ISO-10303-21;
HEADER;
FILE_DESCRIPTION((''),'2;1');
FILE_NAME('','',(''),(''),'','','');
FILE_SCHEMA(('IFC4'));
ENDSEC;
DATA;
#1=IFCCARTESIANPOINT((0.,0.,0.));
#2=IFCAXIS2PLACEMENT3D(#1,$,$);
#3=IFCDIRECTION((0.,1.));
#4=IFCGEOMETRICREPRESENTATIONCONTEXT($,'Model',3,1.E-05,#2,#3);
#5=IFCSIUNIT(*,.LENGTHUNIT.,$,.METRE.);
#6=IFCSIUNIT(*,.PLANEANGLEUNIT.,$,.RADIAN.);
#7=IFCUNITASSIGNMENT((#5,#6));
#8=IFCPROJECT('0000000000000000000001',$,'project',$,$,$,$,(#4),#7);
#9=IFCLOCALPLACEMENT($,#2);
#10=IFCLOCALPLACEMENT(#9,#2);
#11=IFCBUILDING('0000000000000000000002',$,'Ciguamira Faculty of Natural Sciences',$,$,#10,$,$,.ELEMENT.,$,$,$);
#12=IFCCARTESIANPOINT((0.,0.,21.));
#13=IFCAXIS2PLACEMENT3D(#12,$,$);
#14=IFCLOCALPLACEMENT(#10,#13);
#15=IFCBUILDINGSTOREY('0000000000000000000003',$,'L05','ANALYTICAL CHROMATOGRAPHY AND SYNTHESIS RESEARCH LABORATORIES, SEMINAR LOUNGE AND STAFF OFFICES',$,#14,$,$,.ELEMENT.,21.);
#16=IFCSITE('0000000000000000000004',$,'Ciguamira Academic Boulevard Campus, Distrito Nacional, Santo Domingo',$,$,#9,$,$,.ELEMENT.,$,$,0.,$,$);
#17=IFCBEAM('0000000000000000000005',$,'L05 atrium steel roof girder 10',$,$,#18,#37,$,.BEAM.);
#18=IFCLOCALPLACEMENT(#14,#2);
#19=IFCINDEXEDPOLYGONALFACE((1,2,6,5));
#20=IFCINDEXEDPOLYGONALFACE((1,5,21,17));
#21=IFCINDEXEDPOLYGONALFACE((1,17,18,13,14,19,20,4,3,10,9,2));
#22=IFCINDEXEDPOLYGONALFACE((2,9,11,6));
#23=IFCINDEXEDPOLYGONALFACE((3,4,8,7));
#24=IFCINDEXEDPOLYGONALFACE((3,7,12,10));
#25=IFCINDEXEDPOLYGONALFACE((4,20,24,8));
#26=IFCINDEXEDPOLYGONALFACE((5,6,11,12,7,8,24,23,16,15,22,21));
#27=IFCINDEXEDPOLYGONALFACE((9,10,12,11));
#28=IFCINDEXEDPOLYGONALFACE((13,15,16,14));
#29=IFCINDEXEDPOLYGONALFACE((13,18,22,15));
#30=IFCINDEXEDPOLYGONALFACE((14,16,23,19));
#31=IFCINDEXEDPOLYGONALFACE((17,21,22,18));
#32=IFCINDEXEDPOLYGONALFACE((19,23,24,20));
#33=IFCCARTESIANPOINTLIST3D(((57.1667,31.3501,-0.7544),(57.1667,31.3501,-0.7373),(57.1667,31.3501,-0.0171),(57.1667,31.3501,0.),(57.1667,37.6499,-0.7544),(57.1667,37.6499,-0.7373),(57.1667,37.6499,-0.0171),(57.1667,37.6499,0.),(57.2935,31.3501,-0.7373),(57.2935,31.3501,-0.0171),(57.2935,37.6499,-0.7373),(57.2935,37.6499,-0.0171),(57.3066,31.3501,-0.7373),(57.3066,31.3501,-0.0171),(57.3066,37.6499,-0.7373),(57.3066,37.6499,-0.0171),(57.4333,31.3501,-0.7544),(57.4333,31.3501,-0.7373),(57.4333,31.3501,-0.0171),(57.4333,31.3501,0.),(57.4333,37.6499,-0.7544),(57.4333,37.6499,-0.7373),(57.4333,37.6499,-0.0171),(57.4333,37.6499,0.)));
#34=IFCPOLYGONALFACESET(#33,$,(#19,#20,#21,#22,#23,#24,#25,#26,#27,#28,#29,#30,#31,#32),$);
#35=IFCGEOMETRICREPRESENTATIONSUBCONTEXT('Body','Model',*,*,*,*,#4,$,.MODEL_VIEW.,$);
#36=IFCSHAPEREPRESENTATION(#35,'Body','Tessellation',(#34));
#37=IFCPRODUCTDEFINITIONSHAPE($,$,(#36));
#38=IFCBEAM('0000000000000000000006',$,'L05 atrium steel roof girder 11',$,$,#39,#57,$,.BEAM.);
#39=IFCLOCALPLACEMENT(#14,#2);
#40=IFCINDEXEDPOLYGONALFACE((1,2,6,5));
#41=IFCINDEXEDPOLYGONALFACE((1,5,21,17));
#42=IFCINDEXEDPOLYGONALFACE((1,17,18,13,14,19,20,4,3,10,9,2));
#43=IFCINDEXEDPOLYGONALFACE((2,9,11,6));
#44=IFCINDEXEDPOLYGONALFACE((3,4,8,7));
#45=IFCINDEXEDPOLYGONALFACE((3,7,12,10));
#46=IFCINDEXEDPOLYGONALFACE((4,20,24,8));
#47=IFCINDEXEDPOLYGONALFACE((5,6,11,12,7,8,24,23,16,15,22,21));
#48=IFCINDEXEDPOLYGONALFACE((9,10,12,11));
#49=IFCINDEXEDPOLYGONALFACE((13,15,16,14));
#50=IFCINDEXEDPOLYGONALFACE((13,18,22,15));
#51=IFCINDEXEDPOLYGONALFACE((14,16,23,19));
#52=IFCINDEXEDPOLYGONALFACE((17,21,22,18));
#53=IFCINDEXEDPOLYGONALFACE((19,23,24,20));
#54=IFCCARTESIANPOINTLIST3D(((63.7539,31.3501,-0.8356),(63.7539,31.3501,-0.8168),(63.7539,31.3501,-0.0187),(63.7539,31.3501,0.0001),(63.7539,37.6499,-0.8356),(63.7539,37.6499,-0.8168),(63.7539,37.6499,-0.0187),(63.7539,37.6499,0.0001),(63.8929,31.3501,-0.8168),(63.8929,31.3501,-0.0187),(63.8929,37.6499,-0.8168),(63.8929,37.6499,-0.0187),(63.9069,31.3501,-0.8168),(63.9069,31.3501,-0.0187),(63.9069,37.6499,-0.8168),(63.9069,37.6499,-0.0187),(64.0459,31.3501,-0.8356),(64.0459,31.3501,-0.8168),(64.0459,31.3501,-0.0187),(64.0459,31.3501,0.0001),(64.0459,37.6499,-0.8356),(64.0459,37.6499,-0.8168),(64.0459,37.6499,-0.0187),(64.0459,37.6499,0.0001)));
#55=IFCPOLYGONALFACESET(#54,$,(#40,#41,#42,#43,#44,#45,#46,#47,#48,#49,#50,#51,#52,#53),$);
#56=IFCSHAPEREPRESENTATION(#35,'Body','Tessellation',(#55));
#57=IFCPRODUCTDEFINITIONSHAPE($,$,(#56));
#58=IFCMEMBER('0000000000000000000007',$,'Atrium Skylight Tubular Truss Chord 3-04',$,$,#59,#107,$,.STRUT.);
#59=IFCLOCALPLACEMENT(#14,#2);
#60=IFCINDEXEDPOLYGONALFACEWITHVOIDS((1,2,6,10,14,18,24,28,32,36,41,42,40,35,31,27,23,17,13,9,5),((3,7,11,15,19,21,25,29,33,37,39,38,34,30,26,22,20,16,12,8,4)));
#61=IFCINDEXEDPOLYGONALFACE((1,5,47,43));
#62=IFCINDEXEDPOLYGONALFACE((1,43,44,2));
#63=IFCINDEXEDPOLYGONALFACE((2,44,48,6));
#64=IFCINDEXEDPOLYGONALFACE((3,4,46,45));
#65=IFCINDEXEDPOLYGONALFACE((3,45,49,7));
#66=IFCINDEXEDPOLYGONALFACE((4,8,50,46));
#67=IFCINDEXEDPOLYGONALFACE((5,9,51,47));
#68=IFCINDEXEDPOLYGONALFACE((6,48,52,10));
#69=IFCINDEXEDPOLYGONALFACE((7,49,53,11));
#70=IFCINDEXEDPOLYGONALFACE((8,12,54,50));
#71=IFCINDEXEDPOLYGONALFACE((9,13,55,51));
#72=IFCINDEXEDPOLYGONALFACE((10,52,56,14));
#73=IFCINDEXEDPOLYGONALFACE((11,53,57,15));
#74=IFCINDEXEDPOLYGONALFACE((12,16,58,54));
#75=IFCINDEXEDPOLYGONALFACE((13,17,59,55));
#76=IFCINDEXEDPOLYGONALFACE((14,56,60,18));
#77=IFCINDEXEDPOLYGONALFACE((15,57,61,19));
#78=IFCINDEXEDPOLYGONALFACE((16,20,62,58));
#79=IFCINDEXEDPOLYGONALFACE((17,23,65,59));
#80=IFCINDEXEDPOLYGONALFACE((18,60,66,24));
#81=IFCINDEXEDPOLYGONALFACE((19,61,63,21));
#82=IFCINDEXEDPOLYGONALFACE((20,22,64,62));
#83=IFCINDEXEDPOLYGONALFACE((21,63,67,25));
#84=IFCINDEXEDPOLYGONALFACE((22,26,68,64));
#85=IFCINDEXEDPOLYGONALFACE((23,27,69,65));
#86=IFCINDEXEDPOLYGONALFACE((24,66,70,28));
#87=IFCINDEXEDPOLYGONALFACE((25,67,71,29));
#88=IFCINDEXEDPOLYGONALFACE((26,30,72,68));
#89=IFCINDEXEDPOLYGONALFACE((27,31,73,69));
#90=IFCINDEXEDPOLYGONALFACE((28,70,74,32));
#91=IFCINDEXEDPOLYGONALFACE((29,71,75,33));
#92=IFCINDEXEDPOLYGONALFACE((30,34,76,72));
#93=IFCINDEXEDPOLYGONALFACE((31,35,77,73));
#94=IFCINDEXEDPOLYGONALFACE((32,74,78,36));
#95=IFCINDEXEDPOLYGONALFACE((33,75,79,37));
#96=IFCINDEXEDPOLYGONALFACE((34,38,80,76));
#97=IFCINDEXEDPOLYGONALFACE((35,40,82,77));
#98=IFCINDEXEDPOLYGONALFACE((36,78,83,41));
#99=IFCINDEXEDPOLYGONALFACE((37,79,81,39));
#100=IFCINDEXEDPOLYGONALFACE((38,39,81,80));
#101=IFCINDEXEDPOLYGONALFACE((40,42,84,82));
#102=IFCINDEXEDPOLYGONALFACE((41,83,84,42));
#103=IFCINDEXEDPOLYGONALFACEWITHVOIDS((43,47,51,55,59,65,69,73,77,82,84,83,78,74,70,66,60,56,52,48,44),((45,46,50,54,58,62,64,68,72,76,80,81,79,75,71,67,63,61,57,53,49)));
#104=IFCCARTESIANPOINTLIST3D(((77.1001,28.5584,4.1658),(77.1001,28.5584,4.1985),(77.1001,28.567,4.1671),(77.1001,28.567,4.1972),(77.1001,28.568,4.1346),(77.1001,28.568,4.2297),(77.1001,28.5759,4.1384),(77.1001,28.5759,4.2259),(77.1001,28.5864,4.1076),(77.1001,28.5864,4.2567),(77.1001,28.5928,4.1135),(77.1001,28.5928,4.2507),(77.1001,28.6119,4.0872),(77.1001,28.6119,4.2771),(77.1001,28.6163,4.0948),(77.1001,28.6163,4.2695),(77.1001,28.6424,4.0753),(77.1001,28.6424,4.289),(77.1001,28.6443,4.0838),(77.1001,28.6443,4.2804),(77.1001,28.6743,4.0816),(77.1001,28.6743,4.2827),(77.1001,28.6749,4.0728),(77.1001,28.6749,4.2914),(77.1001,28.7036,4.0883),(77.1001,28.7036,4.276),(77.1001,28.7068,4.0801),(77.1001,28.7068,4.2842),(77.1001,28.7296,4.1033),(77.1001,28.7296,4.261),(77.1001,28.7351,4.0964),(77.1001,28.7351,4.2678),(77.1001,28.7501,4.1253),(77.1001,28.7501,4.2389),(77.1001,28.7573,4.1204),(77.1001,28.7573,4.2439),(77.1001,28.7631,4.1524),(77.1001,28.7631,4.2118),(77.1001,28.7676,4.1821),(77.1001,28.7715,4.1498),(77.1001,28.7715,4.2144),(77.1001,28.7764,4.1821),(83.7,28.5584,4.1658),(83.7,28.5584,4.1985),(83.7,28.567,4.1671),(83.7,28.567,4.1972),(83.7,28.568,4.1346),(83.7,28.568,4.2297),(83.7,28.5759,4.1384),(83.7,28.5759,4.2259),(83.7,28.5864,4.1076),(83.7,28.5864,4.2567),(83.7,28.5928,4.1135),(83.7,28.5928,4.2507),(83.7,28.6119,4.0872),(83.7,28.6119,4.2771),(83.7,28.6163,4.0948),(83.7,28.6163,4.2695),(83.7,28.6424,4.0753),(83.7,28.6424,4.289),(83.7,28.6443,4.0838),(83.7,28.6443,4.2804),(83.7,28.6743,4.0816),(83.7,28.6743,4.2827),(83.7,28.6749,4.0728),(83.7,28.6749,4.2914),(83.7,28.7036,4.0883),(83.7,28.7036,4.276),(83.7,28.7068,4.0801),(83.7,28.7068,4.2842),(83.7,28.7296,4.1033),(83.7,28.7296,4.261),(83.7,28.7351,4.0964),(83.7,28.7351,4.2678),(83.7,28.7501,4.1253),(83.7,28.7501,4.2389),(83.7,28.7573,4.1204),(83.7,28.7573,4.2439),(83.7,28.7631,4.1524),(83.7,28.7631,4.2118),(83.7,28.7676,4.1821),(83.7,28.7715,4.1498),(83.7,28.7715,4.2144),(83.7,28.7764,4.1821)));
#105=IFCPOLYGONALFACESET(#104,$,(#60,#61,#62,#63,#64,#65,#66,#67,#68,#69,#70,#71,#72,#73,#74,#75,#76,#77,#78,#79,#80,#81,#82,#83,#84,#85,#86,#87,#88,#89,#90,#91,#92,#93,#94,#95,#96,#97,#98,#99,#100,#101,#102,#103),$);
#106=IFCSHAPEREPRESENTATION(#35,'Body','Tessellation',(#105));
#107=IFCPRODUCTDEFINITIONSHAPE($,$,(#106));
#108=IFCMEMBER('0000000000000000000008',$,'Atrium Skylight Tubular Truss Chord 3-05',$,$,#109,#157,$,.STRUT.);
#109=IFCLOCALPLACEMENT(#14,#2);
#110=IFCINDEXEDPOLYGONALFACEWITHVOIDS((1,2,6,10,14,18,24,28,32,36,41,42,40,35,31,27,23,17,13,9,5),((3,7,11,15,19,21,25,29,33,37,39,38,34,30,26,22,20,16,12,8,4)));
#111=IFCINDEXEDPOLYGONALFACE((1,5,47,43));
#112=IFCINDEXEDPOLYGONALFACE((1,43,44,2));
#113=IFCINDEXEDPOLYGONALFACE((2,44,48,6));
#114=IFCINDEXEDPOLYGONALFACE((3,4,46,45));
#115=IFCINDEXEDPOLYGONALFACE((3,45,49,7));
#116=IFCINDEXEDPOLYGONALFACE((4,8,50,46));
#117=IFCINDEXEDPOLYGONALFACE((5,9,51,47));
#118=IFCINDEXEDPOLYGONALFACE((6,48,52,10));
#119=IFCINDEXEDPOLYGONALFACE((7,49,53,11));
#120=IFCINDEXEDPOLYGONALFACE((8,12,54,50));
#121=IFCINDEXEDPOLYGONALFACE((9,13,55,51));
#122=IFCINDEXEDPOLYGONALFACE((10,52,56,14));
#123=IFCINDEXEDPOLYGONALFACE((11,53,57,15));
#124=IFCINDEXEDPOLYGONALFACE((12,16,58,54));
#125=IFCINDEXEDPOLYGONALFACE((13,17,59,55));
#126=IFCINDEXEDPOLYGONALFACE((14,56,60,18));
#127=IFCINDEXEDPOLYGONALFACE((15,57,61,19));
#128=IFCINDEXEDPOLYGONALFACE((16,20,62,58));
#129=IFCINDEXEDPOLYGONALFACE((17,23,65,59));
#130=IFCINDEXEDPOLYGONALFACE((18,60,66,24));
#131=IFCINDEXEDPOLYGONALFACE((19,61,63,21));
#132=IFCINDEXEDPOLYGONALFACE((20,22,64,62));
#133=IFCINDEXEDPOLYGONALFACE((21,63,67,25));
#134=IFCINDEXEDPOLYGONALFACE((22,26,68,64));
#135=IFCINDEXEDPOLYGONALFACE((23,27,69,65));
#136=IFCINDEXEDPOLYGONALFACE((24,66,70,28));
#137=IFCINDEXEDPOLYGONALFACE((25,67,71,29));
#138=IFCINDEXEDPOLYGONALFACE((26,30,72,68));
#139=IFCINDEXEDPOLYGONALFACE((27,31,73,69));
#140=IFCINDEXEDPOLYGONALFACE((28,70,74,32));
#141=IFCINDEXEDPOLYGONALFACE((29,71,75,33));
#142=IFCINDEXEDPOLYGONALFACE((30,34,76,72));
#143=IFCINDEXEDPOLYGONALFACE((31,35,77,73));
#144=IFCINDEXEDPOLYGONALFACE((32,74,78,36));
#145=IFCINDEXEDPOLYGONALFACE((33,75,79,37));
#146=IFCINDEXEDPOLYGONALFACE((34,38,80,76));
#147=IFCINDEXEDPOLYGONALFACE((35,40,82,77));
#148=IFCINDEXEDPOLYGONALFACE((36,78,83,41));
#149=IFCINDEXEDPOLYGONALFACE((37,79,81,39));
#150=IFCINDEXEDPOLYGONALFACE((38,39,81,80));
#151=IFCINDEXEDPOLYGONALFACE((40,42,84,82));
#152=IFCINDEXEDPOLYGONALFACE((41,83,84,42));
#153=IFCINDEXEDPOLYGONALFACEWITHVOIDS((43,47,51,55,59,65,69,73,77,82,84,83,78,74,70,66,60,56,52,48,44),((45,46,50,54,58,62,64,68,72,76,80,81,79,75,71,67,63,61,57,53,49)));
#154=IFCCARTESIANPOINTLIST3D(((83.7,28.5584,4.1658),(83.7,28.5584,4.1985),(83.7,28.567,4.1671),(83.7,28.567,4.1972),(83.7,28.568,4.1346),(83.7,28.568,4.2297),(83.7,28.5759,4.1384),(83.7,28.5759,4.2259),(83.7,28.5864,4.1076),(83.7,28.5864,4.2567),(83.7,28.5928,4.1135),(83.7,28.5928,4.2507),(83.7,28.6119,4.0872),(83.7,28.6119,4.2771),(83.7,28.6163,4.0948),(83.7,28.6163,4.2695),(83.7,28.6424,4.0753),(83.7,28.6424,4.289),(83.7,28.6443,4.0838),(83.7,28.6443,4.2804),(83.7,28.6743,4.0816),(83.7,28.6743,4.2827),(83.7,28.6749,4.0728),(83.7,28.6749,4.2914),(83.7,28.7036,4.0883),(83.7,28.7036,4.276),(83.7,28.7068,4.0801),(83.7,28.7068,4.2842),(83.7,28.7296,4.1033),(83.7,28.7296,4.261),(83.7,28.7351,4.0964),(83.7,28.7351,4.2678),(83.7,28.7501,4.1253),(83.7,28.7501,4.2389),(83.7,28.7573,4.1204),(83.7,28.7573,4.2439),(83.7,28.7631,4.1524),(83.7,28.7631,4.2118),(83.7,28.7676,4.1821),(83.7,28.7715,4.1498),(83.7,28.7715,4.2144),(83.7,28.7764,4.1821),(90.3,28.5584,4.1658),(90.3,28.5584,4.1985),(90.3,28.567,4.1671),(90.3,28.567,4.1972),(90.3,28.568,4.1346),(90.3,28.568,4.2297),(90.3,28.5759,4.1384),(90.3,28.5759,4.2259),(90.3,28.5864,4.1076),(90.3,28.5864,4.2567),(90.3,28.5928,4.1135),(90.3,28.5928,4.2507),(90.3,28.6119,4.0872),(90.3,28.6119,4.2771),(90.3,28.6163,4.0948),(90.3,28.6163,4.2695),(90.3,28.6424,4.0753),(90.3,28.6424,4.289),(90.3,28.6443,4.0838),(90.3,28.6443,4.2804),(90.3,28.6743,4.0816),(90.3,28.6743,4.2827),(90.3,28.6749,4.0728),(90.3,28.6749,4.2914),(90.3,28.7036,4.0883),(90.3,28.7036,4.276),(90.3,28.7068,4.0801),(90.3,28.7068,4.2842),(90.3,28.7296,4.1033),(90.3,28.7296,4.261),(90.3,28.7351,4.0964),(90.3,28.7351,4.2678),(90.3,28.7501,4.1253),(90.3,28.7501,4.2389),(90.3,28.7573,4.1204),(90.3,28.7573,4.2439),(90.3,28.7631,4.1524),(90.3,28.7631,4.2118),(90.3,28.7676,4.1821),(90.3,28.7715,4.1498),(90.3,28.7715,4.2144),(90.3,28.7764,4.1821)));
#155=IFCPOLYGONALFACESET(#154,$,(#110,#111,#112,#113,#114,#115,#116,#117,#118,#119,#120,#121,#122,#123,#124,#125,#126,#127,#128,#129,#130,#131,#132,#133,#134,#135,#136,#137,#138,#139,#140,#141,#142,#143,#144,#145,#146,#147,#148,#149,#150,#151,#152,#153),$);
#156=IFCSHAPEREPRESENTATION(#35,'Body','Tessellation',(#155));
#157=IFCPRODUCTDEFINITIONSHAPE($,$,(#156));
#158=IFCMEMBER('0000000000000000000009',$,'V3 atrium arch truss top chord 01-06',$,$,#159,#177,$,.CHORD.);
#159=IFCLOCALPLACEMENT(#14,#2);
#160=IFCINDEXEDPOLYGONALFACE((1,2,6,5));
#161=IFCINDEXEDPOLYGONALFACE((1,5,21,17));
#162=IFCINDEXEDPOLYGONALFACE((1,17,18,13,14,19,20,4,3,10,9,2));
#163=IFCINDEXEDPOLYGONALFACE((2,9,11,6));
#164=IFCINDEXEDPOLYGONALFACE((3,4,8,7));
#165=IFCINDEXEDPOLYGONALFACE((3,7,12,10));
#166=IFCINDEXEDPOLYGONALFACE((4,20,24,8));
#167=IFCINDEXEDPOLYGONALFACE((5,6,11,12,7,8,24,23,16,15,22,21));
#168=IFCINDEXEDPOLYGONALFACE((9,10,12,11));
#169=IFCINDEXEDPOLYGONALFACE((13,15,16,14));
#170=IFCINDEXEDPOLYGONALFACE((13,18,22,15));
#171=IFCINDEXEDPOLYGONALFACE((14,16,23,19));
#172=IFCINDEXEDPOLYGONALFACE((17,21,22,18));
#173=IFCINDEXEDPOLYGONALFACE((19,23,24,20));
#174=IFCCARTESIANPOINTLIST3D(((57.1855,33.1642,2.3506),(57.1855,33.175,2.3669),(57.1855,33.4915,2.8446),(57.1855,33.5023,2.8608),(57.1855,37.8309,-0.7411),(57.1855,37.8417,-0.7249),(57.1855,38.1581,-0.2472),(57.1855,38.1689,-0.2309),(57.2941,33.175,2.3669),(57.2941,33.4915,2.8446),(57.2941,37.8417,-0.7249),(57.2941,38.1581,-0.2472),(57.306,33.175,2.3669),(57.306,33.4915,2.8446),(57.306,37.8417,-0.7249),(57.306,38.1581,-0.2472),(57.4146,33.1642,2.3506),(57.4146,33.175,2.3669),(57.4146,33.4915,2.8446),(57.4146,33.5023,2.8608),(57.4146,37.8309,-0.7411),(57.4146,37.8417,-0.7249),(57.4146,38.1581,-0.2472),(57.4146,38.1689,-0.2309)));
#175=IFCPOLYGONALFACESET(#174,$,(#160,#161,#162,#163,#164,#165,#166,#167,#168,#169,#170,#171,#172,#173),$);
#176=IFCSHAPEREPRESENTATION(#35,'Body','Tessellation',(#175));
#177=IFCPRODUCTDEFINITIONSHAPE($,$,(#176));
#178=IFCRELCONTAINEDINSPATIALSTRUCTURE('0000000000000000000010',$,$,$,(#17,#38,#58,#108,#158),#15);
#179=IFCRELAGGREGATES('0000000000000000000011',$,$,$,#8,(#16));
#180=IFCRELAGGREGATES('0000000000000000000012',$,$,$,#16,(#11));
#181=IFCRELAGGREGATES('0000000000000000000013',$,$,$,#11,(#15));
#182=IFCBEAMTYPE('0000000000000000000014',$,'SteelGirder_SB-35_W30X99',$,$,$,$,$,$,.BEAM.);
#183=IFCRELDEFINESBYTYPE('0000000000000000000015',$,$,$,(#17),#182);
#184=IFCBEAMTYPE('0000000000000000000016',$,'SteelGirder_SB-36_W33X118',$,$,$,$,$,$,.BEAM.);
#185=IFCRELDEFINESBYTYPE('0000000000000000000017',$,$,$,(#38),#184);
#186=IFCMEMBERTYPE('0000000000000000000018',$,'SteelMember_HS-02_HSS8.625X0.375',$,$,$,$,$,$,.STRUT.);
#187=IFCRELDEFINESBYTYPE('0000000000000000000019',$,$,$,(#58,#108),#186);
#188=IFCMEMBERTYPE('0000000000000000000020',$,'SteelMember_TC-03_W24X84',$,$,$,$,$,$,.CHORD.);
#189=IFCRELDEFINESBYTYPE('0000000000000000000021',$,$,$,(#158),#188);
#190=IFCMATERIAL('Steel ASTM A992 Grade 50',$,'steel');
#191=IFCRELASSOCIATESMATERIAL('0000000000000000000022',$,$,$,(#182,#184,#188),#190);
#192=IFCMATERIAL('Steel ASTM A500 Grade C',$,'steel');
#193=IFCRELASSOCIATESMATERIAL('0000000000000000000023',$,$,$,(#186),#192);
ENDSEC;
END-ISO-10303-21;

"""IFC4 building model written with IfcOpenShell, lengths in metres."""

from ifc_helpers import new_model, si_unit, direction, frame, origin, origin_2d, place, context, subcontext, project, spatial, hollow_circle, i_section, extrude, material, material_profile, profile_set, type_object, element, save


model = new_model("IFC4")

# Units and contexts
model_context = context("Model", 3, precision=1e-05, world=origin(), true_north=direction((0.0, 1.0)))
body_context = subcontext(model_context, "Body", "Model", "MODEL_VIEW")
ifc_project = project(units=[si_unit("LENGTHUNIT", "METRE"), si_unit("PLANEANGLEUNIT", "RADIAN")], contexts=[model_context])

# Site, building, storey
site_placement = place(None, origin())
site = spatial("IfcSite", under=ifc_project, at=site_placement, Name="Ciguamira Academic Boulevard Campus, Distrito Nacional, Santo Domingo", CompositionType="ELEMENT", RefElevation=0.0)
building_placement = place(site_placement, origin())
building = spatial("IfcBuilding", under=site, at=building_placement, Name="Ciguamira Faculty of Natural Sciences", CompositionType="ELEMENT")
storey_placement = place(building_placement, frame((0.0, 0.0, 21.0)))
storey = spatial("IfcBuildingStorey", under=building, at=storey_placement, Name="L05", Description="ANALYTICAL CHROMATOGRAPHY AND SYNTHESIS RESEARCH LABORATORIES, SEMINAR LOUNGE AND STAFF OFFICES", CompositionType="ELEMENT", Elevation=21.0)

# Beams
ifc_material_1 = material(Name="Steel ASTM A992 Grade 50", Category="steel")
ifc_material_profile_1 = material_profile(ifc_material_1, i_section(OverallWidth=0.2666, OverallDepth=0.7544, WebThickness=0.0132, FlangeThickness=0.0171, at=origin_2d()), Name="W30X99")
ifc_profile_set_1 = profile_set([ifc_material_profile_1], Name="Steel ASTM A992 Grade 50")
beam_type_1 = type_object("IfcBeamType", Name="SteelGirder_SB-35_W30X99", PredefinedType="BEAM", material=ifc_profile_set_1)
beam_1_placement = place(storey_placement, frame((57.3, 31.3501, -0.3772), z_axis=(0.0, 1.0, 0.0), x_axis=(-1.0, 0.0, 0.0)))
element("IfcBeam", 1, at=beam_1_placement, inside=storey, type_object=beam_type_1, Name="L05 atrium steel roof girder 10", PredefinedType="BEAM", context=body_context, shape_type="SweptSolid", body=[
    extrude(i_section(OverallWidth=0.2666, OverallDepth=0.7544, WebThickness=0.0132, FlangeThickness=0.0171, at=origin_2d()), origin(), (0.0, 0.0, 1.0), 6.2998),
])
ifc_material_profile_2 = material_profile(ifc_material_1, i_section(OverallWidth=0.292, OverallDepth=0.8357, WebThickness=0.0139, FlangeThickness=0.0188, at=origin_2d()), Name="W33X118")
ifc_profile_set_2 = profile_set([ifc_material_profile_2], Name="Steel ASTM A992 Grade 50")
beam_type_2 = type_object("IfcBeamType", Name="SteelGirder_SB-36_W33X118", PredefinedType="BEAM", material=ifc_profile_set_2)
beam_2_placement = place(storey_placement, frame((63.8999, 31.3501, -0.4177), z_axis=(0.0, 1.0, 0.0), x_axis=(-1.0, 0.0, 0.0)))
element("IfcBeam", 2, at=beam_2_placement, inside=storey, type_object=beam_type_2, Name="L05 atrium steel roof girder 11", PredefinedType="BEAM", context=body_context, shape_type="SweptSolid", body=[
    extrude(i_section(OverallWidth=0.292, OverallDepth=0.8357, WebThickness=0.0139, FlangeThickness=0.0188, at=origin_2d()), origin(), (0.0, 0.0, 1.0), 6.2998),
])

# Members
ifc_material_2 = material(Name="Steel ASTM A500 Grade C", Category="steel")
ifc_material_profile_3 = material_profile(ifc_material_2, hollow_circle(Radius=0.1096, WallThickness=0.0088, at=origin_2d()), Name="HSS8.625X0.375")
ifc_profile_set_3 = profile_set([ifc_material_profile_3], Name="Steel ASTM A500 Grade C")
member_type_1 = type_object("IfcMemberType", Name="SteelMember_HS-02_HSS8.625X0.375", PredefinedType="STRUT", material=ifc_profile_set_3)
member_1_placement = place(storey_placement, frame((77.1001, 28.6667, 4.1821), z_axis=(1.0, 0.0, 0.0), x_axis=(0.0, 1.0, 0.0)))
element("IfcMember", 3, at=member_1_placement, inside=storey, type_object=member_type_1, Name="Atrium Skylight Tubular Truss Chord 3-04", PredefinedType="STRUT", context=body_context, shape_type="SweptSolid", body=[
    extrude(hollow_circle(Radius=0.1096, WallThickness=0.0088, at=origin_2d()), origin(), (0.0, 0.0, 1.0), 6.5999),
])
member_2_placement = place(storey_placement, frame((83.7, 28.6667, 4.1821), z_axis=(1.0, 0.0, 0.0), x_axis=(0.0, 1.0, 0.0)))
element("IfcMember", 4, at=member_2_placement, inside=storey, type_object=member_type_1, Name="Atrium Skylight Tubular Truss Chord 3-05", PredefinedType="STRUT", context=body_context, shape_type="SweptSolid", body=[
    extrude(hollow_circle(Radius=0.1096, WallThickness=0.0088, at=origin_2d()), origin(), (0.0, 0.0, 1.0), 6.6001),
])
ifc_material_profile_4 = material_profile(ifc_material_1, i_section(OverallWidth=0.229, OverallDepth=0.6121, WebThickness=0.012, FlangeThickness=0.0195, at=origin_2d()), Name="W24X84")
ifc_profile_set_4 = profile_set([ifc_material_profile_4], Name="Steel ASTM A992 Grade 50")
member_type_2 = type_object("IfcMemberType", Name="SteelMember_TC-03_W24X84", PredefinedType="CHORD", material=ifc_profile_set_4)
for number, where, z_axis, x_axis, name in (
    (5, (57.3, 33.3333, 2.6057), (0.0, 0.833644, -0.552303), (-1.0, 0.0, 0.0), "V3 atrium arch truss top chord 01-06"),
):
    element("IfcMember", number, at=place(storey_placement, frame(where, z_axis=z_axis, x_axis=x_axis)), inside=storey, type_object=member_type_2, Name=name, PredefinedType="CHORD", context=body_context, shape_type="SweptSolid", body=[
        extrude(i_section(OverallWidth=0.229, OverallDepth=0.6121, WebThickness=0.012, FlangeThickness=0.0195, at=origin_2d()), origin(), (0.0, 0.0, 1.0), 5.5979),
    ])

save(model, "model.ifc")
